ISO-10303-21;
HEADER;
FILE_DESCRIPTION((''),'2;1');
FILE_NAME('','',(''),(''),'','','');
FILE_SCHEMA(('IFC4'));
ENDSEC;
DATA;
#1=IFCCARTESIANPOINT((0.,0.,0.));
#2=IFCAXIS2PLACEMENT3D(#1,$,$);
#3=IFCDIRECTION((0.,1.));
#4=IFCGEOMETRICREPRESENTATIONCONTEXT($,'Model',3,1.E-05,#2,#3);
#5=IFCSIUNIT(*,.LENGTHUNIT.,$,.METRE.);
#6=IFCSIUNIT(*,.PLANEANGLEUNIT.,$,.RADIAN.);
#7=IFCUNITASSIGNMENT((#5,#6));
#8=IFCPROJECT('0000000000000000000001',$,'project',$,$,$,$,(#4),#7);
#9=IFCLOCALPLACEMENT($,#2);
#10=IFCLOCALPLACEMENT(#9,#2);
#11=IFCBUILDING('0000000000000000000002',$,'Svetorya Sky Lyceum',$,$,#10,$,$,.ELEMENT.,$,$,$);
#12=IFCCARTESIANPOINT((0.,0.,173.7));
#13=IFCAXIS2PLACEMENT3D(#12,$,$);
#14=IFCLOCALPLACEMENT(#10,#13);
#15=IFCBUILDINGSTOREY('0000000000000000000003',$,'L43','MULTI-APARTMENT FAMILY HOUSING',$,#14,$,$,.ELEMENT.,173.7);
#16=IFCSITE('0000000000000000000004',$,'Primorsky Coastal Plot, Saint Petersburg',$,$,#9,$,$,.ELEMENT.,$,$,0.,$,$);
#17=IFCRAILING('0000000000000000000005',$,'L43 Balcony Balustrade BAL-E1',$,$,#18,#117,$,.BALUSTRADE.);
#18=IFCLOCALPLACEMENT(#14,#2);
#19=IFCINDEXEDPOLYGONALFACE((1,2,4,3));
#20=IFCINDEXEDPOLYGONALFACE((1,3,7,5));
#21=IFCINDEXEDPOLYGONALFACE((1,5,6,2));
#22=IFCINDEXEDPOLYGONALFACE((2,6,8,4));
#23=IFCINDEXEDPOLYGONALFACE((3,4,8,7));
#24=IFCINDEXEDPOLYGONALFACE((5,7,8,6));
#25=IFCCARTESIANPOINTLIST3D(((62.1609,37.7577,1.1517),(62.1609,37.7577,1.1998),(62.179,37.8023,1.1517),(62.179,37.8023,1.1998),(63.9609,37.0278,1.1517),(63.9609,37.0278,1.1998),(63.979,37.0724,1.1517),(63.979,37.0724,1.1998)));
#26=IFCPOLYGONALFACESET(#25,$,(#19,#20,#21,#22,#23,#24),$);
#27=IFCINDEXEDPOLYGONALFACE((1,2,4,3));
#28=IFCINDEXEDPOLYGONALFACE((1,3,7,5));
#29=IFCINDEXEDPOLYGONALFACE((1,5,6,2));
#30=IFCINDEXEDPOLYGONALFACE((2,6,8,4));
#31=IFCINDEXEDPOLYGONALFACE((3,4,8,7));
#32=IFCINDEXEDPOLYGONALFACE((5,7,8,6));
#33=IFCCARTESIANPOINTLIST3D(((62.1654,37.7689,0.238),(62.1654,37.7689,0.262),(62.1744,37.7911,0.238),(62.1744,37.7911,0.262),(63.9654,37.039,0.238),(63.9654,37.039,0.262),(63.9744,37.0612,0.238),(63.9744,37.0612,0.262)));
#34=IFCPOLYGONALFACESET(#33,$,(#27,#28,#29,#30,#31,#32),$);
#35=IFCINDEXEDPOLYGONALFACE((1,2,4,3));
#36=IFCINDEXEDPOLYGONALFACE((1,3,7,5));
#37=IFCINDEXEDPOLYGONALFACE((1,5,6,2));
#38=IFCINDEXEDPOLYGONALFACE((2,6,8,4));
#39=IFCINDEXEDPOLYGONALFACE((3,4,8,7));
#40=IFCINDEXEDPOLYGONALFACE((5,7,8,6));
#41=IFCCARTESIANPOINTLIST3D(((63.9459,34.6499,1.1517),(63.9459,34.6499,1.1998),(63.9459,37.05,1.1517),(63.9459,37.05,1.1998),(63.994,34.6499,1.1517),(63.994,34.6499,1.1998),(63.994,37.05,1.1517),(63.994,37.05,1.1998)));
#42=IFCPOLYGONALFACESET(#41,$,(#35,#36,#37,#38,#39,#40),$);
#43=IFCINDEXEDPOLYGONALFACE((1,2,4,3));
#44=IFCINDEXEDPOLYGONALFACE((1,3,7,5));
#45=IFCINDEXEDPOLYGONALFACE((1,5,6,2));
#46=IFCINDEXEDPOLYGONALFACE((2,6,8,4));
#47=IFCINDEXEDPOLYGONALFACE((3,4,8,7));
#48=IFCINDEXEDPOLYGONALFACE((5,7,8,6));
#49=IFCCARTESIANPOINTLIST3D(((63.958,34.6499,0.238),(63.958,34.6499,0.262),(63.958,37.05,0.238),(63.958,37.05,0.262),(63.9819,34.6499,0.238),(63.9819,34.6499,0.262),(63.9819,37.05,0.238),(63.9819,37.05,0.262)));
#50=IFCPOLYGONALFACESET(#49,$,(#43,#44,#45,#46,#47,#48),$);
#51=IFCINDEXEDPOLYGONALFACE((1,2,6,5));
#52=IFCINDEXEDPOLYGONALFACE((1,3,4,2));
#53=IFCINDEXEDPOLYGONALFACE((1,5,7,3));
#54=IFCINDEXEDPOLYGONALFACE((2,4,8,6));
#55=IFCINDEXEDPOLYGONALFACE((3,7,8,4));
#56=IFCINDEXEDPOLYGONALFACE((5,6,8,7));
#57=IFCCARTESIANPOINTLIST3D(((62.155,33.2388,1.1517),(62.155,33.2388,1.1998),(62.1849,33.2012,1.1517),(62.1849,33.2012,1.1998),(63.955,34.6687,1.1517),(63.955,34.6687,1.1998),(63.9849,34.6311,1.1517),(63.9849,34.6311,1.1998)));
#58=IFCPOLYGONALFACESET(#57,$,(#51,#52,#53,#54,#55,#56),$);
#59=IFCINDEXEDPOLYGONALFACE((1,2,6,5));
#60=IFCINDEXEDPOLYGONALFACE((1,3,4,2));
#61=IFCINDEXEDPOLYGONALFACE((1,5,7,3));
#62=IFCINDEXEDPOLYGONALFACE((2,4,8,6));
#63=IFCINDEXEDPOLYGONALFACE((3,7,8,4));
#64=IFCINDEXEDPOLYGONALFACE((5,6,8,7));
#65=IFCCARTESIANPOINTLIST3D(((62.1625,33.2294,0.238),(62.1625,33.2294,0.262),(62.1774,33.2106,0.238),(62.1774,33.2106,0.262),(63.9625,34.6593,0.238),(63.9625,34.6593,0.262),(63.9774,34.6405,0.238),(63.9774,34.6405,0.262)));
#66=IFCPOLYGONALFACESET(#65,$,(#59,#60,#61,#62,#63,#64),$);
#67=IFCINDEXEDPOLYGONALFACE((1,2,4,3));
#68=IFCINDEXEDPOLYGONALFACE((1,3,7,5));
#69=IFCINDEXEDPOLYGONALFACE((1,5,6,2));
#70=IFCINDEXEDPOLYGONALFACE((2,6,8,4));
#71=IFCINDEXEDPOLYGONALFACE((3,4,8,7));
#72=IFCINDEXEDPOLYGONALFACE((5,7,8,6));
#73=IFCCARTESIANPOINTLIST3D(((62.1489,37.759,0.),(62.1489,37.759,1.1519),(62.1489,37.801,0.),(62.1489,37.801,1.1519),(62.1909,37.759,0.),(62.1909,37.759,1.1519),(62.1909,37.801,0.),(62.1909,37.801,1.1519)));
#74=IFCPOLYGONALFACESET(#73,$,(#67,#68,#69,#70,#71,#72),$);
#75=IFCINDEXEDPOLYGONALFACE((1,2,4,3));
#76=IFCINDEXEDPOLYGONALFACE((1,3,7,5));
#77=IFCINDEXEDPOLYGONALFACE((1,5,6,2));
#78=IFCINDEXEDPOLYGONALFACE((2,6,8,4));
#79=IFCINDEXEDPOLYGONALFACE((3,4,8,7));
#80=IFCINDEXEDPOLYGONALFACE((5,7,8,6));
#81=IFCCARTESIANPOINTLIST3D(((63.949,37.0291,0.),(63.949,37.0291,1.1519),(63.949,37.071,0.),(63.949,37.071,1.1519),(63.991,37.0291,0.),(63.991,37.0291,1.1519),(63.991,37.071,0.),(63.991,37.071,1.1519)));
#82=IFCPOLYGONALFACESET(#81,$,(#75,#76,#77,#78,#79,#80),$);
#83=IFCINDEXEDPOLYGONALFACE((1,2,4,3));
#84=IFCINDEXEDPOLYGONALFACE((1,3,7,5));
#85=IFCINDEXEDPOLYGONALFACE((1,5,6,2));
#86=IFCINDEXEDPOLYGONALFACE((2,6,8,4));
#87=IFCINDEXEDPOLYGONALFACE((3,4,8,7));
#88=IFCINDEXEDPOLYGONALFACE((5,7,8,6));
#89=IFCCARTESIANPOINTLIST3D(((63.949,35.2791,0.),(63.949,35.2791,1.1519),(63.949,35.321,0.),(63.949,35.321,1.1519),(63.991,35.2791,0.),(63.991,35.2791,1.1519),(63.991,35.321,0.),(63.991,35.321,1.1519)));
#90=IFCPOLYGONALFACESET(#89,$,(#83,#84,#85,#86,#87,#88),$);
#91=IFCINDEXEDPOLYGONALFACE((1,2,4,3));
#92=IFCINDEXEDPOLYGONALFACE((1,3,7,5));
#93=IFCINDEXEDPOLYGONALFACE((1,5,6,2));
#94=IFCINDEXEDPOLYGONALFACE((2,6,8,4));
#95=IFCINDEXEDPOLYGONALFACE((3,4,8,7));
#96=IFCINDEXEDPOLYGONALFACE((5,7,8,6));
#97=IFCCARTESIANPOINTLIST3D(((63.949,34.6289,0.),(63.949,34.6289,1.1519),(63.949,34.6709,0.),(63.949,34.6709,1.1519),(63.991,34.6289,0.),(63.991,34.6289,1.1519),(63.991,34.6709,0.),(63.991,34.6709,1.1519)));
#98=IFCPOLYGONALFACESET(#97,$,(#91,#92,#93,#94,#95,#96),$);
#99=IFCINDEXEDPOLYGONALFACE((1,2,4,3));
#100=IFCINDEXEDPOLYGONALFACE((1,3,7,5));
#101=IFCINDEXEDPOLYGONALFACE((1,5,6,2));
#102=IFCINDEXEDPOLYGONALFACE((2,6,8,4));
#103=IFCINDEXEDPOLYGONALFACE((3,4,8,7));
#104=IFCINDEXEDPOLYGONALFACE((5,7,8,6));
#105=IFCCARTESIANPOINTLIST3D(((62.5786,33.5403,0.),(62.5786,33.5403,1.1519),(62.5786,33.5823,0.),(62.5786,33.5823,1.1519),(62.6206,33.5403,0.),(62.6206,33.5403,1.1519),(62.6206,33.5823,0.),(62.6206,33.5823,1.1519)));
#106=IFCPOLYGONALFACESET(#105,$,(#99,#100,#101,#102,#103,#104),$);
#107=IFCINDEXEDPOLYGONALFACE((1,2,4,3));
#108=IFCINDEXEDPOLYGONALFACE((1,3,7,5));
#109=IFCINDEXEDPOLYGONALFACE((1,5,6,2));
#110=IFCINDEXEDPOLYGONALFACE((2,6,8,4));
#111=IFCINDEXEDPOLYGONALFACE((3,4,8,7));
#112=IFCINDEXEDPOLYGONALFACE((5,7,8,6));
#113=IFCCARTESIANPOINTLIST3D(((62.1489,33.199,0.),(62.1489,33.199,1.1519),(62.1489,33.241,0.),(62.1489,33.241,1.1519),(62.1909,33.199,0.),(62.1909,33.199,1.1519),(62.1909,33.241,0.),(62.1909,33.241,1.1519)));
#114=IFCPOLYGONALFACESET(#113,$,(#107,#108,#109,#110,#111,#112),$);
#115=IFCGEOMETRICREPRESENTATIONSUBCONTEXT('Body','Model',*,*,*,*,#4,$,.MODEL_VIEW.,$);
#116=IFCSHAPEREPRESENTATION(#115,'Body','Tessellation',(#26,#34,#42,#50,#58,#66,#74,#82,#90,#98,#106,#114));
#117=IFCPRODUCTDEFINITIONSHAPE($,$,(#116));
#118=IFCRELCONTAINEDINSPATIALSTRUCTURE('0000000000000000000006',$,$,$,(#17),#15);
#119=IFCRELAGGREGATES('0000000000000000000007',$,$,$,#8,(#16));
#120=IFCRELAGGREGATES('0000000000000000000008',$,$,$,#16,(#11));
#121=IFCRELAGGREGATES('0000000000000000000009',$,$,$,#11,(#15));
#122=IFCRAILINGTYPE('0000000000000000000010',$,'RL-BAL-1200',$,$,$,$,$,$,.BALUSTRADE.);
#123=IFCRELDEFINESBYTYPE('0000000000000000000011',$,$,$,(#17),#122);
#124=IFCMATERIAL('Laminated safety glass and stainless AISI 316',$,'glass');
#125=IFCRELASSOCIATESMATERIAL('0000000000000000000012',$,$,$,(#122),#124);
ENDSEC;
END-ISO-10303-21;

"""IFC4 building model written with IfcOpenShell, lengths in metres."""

from ifc_helpers import new_model, si_unit, direction, frame, origin, origin_2d, place, context, subcontext, project, spatial, rectangle, extrude, material, type_object, element, save


model = new_model("IFC4")

# Units and contexts
model_context = context("Model", 3, precision=1e-05, world=origin(), true_north=direction((0.0, 1.0)))
body_context = subcontext(model_context, "Body", "Model", "MODEL_VIEW")
ifc_project = project(units=[si_unit("LENGTHUNIT", "METRE"), si_unit("PLANEANGLEUNIT", "RADIAN")], contexts=[model_context])

# Site, building, storey
site_placement = place(None, origin())
site = spatial("IfcSite", under=ifc_project, at=site_placement, Name="Primorsky Coastal Plot, Saint Petersburg", CompositionType="ELEMENT", RefElevation=0.0)
building_placement = place(site_placement, origin())
building = spatial("IfcBuilding", under=site, at=building_placement, Name="Svetorya Sky Lyceum", CompositionType="ELEMENT")
storey_placement = place(building_placement, frame((0.0, 0.0, 173.7)))
storey = spatial("IfcBuildingStorey", under=building, at=storey_placement, Name="L43", Description="MULTI-APARTMENT FAMILY HOUSING", CompositionType="ELEMENT", Elevation=173.7)

# Railing
ifc_material_1 = material(Name="Laminated safety glass and stainless AISI 316", Category="glass")
railing_type = type_object("IfcRailingType", Name="RL-BAL-1200", PredefinedType="BALUSTRADE", material=ifc_material_1)
railing_placement = place(storey_placement, frame((62.1699, 37.78, 0.0)))
element("IfcRailing", 1, at=railing_placement, inside=storey, type_object=railing_type, Name="L43 Balcony Balustrade BAL-E1", PredefinedType="BALUSTRADE", context=body_context, shape_type="SweptSolid", body=[
    extrude(rectangle(XDim=0.0481, YDim=0.0481, at=origin_2d()), frame((0.0, 0.0, 1.1758), z_axis=(0.926698, -0.375807, 0.0), x_axis=(0.375807, 0.926698, 0.0)), (0.0, 0.0, 1.0), 1.9424),
    extrude(rectangle(XDim=0.0239, YDim=0.0239, at=origin_2d()), frame((0.0, 0.0, 0.25), z_axis=(0.926698, -0.375807, 0.0), x_axis=(0.375807, 0.926698, 0.0)), (0.0, 0.0, 1.0), 1.9424),
    extrude(rectangle(XDim=0.0481, YDim=0.0481, at=origin_2d()), frame((1.8, -0.73, 1.1758), z_axis=(0.0, -1.0, 0.0), x_axis=(1.0, 0.0, 0.0)), (0.0, 0.0, 1.0), 2.4001),
    extrude(rectangle(XDim=0.0239, YDim=0.0239, at=origin_2d()), frame((1.8, -0.73, 0.25), z_axis=(0.0, -1.0, 0.0), x_axis=(1.0, 0.0, 0.0)), (0.0, 0.0, 1.0), 2.4001),
    extrude(rectangle(XDim=0.0481, YDim=0.0481, at=origin_2d()), frame((1.8, -3.1301, 1.1758), z_axis=(-0.783009, -0.62201, 0.0), x_axis=(0.62201, -0.783009, 0.0)), (0.0, 0.0, 1.0), 2.2988),
    extrude(rectangle(XDim=0.0239, YDim=0.0239, at=origin_2d()), frame((1.8, -3.1301, 0.25), z_axis=(-0.783009, -0.62201, 0.0), x_axis=(0.62201, -0.783009, 0.0)), (0.0, 0.0, 1.0), 2.2988),
    extrude(rectangle(XDim=0.042, YDim=0.042, at=origin_2d()), origin(), (0.0, 0.0, 1.0), 1.1519),
    extrude(rectangle(XDim=0.042, YDim=0.042, at=origin_2d()), frame((1.8, -0.73, 0.0)), (0.0, 0.0, 1.0), 1.1519),
    extrude(rectangle(XDim=0.042, YDim=0.042, at=origin_2d()), frame((1.8, -2.48, 0.0)), (0.0, 0.0, 1.0), 1.1519),
    extrude(rectangle(XDim=0.042, YDim=0.042, at=origin_2d()), frame((1.8, -3.1301, 0.0)), (0.0, 0.0, 1.0), 1.1519),
    extrude(rectangle(XDim=0.042, YDim=0.042, at=origin_2d()), frame((0.4297, -4.2188, 0.0)), (0.0, 0.0, 1.0), 1.1519),
    extrude(rectangle(XDim=0.042, YDim=0.042, at=origin_2d()), frame((0.0, -4.5601, 0.0)), (0.0, 0.0, 1.0), 1.1519),
])

save(model, "model.ifc")
